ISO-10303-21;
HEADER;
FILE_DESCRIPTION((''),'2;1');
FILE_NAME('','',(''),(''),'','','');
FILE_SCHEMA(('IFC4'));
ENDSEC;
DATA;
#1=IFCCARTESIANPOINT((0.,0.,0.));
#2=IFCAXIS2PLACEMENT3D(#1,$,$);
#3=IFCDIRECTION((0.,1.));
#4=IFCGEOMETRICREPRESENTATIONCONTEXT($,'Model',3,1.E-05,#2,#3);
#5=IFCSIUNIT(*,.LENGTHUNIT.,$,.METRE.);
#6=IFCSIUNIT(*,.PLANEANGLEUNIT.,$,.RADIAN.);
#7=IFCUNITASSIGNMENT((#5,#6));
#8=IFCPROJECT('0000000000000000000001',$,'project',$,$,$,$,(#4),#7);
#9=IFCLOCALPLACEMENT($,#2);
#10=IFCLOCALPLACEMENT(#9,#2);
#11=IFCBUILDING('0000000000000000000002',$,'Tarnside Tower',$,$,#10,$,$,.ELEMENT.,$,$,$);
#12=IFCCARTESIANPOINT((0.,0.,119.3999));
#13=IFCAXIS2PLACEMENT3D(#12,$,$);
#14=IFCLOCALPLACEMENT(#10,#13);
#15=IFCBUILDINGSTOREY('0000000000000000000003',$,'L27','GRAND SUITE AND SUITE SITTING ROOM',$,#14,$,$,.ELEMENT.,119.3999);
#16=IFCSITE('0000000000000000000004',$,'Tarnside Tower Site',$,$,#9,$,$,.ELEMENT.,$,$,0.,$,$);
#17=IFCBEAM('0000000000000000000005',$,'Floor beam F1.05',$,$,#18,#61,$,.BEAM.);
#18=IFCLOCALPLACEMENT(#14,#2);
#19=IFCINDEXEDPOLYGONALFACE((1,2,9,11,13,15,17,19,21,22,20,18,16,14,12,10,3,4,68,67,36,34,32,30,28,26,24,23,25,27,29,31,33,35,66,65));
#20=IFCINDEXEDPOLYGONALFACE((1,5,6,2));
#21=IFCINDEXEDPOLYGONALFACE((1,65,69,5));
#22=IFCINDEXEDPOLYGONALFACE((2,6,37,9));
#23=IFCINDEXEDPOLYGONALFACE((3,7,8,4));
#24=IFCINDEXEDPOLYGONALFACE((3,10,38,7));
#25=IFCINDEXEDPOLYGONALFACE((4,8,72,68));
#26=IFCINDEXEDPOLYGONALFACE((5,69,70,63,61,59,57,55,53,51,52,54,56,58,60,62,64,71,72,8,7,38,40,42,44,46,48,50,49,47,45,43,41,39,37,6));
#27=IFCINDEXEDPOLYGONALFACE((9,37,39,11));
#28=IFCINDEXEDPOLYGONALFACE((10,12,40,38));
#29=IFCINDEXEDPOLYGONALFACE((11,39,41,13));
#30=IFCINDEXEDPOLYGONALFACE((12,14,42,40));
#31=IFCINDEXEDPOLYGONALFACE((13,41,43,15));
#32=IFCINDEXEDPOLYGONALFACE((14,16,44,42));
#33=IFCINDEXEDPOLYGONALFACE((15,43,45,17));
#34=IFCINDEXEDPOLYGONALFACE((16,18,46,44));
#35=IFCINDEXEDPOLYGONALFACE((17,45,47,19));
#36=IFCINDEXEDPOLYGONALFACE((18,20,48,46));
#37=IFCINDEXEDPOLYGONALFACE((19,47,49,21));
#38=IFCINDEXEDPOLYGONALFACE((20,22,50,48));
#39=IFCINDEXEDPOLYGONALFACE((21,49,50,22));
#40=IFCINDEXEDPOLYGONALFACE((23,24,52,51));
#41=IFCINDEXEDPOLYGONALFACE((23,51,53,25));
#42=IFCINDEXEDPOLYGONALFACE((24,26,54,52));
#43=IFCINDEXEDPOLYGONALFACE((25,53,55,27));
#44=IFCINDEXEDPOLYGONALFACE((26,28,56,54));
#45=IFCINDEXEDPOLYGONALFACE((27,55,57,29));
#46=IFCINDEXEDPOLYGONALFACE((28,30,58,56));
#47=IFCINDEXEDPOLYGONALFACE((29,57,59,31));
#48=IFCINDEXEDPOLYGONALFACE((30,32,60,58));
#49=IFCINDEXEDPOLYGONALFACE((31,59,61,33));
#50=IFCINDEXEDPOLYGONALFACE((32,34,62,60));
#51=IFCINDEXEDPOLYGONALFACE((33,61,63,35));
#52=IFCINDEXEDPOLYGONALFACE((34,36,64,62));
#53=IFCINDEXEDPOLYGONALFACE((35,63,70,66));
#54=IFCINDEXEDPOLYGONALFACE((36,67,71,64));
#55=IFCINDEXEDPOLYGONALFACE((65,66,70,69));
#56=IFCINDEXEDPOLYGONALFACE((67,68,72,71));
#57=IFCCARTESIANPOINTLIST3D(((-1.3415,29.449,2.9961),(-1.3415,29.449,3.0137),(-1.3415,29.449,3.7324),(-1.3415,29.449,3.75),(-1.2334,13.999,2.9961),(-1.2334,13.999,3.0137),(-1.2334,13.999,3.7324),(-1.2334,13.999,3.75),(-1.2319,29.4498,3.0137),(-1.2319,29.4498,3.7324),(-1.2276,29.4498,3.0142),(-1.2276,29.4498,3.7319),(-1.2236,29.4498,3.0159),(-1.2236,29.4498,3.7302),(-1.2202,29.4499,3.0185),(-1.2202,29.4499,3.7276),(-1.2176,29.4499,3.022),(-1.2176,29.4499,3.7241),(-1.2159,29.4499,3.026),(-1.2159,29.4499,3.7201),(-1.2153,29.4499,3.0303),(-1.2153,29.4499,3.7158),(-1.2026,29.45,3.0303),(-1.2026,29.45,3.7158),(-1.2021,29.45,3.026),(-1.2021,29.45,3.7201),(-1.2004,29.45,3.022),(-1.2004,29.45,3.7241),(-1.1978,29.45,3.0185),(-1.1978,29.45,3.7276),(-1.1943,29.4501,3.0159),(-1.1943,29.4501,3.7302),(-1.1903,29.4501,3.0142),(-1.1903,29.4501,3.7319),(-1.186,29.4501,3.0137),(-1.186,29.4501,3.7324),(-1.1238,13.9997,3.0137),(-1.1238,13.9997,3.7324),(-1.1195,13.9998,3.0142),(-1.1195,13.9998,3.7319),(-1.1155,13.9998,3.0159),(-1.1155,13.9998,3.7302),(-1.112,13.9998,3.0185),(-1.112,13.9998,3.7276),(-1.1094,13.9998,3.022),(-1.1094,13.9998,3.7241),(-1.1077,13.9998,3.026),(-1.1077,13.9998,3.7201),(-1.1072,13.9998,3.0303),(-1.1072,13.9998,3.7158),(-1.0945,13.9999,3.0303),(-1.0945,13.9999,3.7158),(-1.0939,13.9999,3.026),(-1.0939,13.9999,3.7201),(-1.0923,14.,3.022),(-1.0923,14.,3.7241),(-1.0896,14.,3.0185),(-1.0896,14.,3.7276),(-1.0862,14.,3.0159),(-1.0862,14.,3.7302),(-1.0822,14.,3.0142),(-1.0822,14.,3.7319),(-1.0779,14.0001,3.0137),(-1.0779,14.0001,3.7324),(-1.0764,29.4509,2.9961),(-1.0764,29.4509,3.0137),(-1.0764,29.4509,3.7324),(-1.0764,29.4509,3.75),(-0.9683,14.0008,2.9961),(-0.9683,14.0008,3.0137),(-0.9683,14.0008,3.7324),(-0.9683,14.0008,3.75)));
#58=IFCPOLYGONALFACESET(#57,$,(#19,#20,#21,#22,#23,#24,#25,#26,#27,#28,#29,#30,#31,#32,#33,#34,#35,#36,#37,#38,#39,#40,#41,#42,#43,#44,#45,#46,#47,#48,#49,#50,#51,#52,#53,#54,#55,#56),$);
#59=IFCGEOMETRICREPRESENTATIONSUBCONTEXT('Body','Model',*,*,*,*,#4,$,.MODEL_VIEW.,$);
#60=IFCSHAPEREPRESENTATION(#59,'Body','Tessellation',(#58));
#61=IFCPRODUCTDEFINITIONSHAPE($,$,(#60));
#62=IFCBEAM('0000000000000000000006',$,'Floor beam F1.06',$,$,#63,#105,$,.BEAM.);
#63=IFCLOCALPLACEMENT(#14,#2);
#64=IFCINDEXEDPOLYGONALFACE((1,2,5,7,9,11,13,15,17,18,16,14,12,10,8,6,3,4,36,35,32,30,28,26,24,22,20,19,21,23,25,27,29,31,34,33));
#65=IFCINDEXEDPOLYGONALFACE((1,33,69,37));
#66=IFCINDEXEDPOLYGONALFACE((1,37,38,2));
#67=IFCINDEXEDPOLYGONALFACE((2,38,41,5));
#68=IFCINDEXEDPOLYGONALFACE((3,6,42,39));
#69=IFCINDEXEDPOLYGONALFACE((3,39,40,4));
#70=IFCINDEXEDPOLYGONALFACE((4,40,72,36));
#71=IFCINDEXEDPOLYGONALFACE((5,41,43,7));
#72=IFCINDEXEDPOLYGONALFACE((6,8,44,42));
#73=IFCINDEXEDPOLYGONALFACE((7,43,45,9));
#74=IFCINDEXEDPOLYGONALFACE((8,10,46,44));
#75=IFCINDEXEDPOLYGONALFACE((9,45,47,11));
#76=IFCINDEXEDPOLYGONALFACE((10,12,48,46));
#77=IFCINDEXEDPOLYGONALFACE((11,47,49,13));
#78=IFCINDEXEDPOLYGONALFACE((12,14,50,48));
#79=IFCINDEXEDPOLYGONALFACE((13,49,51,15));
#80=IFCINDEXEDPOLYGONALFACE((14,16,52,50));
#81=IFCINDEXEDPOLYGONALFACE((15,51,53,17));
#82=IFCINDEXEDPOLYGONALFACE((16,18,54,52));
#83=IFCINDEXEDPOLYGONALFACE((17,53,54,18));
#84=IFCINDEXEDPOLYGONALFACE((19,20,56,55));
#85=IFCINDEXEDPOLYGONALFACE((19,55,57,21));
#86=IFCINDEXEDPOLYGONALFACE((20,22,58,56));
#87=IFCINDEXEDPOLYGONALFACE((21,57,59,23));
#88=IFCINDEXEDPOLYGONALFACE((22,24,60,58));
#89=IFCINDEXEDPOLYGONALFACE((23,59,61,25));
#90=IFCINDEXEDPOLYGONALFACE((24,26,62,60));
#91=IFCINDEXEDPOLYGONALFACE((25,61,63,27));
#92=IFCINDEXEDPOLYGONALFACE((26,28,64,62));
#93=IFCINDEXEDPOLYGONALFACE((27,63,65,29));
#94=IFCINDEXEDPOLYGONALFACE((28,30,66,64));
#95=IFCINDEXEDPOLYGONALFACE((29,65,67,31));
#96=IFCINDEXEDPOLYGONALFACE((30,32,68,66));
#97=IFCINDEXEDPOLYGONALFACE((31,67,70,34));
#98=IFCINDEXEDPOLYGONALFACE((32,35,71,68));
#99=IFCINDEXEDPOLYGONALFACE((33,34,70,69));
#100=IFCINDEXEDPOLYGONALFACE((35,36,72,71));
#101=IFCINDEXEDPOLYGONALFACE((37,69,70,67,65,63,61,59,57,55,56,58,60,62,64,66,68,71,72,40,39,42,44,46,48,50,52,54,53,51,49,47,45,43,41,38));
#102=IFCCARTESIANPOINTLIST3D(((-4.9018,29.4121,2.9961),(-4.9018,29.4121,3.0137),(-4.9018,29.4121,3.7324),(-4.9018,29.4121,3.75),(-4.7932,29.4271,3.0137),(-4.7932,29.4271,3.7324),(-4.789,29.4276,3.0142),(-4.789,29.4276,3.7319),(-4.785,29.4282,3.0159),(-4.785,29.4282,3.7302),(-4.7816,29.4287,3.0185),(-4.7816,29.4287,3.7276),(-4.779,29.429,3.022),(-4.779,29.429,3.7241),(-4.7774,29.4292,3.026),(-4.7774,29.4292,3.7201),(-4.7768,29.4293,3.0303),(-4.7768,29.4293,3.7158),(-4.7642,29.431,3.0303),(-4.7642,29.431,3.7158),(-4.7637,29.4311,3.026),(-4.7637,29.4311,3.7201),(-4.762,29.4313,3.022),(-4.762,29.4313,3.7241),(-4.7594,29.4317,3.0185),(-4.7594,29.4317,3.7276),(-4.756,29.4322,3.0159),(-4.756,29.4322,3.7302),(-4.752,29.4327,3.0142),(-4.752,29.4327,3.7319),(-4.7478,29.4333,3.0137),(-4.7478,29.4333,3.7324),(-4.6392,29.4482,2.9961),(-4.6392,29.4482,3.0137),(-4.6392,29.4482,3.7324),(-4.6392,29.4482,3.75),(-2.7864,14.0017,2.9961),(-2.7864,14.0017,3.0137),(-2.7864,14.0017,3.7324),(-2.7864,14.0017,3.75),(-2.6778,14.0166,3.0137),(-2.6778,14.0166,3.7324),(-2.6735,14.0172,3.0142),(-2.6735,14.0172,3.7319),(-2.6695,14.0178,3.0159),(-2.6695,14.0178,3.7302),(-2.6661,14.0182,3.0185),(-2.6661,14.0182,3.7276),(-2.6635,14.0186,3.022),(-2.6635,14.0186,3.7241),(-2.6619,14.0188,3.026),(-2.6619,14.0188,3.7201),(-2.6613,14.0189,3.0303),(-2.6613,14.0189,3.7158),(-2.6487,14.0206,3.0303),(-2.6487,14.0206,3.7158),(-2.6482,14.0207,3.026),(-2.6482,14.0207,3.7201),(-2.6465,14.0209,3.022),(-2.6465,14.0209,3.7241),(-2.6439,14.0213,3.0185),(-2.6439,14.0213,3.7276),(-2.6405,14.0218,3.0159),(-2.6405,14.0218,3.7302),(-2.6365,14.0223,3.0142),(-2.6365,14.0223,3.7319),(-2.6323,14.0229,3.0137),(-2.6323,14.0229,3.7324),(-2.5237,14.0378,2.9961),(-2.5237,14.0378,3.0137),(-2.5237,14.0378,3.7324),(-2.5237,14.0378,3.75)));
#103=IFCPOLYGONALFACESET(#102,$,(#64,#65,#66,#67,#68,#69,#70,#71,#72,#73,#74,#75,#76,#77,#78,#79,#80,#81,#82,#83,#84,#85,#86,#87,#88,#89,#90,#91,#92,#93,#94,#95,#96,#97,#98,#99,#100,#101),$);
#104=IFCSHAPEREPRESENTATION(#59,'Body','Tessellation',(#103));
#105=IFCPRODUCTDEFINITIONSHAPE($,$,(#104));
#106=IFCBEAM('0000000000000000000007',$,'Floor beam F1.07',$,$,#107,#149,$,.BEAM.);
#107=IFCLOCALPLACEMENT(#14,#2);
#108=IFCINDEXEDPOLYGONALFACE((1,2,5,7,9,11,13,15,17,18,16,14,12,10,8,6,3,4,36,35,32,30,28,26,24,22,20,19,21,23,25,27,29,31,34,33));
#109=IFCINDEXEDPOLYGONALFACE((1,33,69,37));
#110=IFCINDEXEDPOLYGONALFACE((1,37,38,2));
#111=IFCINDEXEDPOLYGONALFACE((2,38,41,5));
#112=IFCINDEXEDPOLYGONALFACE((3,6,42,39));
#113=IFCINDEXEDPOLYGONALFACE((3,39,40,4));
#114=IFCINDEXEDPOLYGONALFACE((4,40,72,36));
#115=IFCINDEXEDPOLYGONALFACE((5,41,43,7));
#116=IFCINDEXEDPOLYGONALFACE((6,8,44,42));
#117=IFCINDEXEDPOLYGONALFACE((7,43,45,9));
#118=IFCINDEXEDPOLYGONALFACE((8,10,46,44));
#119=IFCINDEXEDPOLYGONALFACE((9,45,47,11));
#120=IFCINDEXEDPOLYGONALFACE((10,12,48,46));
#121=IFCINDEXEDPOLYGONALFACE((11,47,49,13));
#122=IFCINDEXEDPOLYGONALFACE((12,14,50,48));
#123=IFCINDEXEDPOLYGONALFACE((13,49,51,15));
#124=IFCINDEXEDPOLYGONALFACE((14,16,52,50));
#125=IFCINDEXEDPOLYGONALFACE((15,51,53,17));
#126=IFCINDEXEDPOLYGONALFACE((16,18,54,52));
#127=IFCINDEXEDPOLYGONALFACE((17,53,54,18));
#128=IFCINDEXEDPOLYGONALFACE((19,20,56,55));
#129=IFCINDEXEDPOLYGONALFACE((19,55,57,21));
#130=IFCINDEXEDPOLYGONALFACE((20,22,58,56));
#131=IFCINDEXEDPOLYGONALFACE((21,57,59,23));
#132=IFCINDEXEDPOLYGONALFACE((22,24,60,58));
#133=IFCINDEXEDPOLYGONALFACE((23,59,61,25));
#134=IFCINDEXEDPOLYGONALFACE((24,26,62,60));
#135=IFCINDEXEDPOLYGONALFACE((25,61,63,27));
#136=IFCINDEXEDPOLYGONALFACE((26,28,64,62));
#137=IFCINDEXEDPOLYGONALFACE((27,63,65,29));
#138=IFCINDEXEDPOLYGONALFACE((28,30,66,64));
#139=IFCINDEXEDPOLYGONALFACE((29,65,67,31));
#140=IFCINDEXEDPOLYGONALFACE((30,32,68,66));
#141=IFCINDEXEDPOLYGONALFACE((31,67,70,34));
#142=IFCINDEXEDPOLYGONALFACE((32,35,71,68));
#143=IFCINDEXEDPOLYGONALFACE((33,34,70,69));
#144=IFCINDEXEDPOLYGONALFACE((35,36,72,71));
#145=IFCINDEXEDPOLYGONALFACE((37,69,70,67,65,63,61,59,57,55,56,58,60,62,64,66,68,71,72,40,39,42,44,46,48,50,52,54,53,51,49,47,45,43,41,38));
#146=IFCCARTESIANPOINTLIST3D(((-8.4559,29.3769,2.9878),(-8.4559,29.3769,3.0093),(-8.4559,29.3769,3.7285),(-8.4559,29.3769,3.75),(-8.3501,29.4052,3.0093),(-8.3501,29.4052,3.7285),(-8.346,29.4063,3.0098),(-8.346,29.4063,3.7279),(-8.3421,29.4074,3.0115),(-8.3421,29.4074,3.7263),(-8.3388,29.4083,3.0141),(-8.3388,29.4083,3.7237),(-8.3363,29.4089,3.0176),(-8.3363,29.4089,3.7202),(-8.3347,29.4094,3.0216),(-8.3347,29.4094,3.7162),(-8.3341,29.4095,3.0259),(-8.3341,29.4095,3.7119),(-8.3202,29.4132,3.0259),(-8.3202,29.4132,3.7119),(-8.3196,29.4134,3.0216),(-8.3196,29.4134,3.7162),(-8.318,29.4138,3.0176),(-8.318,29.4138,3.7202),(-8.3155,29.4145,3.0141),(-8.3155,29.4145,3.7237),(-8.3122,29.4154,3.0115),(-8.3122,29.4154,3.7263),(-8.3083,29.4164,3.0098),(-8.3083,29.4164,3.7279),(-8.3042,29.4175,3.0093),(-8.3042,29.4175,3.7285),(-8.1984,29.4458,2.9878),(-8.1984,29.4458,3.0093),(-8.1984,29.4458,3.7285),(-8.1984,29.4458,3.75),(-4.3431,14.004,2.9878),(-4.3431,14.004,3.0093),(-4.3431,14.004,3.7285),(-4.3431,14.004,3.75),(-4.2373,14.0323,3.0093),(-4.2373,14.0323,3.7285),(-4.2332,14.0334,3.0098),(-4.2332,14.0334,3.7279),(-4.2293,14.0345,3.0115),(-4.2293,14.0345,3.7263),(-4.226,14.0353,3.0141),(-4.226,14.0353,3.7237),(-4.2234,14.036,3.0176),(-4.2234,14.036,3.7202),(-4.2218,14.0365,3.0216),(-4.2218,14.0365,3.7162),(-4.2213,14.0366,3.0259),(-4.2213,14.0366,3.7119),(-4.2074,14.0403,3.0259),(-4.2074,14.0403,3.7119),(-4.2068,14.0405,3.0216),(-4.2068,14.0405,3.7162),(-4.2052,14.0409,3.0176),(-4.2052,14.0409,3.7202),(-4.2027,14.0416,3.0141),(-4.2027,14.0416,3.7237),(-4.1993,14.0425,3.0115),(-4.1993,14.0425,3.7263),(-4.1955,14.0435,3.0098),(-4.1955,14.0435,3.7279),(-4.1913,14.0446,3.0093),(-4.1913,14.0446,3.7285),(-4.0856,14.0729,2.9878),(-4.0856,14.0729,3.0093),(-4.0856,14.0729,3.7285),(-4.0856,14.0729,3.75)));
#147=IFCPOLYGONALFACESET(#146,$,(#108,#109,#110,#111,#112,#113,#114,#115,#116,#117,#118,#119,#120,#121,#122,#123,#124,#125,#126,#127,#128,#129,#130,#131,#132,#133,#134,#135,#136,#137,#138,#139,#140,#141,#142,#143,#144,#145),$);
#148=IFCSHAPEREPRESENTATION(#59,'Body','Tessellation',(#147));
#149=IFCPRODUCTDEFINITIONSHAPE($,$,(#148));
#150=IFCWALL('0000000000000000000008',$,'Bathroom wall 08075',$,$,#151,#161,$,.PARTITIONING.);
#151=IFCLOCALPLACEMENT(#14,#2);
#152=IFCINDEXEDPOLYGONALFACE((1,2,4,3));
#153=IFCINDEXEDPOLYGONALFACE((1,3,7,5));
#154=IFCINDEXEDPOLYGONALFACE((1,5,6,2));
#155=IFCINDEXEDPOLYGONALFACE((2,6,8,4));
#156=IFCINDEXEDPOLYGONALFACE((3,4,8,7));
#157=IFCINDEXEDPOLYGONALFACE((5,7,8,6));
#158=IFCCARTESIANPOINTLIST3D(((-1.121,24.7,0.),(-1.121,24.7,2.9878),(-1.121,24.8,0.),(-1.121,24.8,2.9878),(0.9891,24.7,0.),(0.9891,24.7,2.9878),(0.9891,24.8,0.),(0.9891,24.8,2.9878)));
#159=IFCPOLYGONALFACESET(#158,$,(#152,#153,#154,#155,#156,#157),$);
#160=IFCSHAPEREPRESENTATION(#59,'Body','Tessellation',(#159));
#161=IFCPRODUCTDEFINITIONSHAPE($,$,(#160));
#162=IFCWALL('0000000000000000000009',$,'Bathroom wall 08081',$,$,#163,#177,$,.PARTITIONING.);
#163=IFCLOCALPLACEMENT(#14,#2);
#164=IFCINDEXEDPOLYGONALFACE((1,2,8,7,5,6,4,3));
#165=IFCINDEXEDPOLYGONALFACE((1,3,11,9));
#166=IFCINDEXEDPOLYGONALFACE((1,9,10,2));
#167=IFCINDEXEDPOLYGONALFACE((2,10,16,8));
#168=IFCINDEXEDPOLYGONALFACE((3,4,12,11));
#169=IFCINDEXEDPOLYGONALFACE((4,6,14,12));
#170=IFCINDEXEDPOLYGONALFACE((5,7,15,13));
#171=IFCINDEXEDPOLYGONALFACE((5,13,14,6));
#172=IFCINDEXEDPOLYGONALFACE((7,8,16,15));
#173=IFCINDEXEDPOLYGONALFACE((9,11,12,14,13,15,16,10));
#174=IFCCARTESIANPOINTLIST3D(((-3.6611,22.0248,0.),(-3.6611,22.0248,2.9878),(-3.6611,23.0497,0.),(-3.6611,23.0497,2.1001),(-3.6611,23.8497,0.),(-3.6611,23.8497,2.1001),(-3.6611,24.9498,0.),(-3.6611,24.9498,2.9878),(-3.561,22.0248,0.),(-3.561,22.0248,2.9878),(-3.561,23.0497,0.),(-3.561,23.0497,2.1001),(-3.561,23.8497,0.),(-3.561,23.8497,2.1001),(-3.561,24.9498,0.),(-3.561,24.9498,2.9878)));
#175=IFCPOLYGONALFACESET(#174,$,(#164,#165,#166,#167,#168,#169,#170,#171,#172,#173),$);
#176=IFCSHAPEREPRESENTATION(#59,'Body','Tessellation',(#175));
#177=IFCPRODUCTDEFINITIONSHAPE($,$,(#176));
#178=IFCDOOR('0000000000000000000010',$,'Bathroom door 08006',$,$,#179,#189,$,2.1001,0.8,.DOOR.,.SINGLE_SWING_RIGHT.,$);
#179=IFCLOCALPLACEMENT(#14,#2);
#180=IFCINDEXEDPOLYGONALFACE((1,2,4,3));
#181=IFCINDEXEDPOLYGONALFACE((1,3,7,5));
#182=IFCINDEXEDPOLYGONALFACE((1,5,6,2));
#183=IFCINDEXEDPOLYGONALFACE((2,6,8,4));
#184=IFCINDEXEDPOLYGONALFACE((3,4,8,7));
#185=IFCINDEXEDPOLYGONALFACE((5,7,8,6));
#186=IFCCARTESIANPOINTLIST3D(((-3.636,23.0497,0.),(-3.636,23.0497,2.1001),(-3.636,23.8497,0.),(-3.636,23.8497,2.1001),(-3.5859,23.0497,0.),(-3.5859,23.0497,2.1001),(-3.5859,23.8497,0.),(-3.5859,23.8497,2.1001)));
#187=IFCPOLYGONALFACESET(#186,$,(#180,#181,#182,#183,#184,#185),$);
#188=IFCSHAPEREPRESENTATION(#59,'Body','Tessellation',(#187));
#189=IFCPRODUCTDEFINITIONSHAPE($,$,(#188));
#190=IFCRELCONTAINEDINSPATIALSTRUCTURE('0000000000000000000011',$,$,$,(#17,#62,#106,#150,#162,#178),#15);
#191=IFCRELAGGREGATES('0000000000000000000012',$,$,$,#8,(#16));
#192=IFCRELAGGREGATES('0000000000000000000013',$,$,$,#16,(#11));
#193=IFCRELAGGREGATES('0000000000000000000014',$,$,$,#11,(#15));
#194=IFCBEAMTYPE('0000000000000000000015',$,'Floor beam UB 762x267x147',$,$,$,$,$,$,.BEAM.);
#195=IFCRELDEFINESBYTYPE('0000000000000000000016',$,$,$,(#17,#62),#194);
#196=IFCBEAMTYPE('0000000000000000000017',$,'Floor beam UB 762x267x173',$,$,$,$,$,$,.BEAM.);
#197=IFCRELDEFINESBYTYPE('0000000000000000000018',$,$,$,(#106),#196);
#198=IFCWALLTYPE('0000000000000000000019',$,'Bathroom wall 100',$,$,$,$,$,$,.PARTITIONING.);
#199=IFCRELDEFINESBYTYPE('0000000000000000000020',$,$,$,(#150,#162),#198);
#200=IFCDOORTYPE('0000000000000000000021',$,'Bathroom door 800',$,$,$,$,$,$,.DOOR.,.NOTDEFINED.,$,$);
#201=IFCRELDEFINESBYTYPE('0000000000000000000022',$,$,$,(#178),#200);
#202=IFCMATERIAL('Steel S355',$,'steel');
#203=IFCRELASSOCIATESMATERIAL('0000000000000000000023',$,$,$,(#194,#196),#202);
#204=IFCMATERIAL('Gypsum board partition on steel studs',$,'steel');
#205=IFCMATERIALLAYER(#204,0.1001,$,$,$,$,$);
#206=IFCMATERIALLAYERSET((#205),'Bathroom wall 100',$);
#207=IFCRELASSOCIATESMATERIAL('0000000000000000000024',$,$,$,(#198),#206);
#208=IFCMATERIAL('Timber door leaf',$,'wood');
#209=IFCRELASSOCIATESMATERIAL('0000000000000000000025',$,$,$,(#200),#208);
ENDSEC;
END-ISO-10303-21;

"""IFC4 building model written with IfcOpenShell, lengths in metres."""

from ifc_helpers import new_model, si_unit, direction, frame, frame_2d, origin, origin_2d, place, context, subcontext, project, spatial, rectangle, i_section, extrude, material, layer, layer_set, material_profile, profile_set, type_object, element, fill, save


model = new_model("IFC4")

# Units and contexts
model_context = context("Model", 3, precision=1e-05, world=origin(), true_north=direction((0.0, 1.0)))
body_context = subcontext(model_context, "Body", "Model", "MODEL_VIEW")
ifc_project = project(units=[si_unit("LENGTHUNIT", "METRE"), si_unit("PLANEANGLEUNIT", "RADIAN")], contexts=[model_context])

# Site, building, storey
site_placement = place(None, origin())
site = spatial("IfcSite", under=ifc_project, at=site_placement, Name="Tarnside Tower Site", CompositionType="ELEMENT", RefElevation=0.0)
building_placement = place(site_placement, origin())
building = spatial("IfcBuilding", under=site, at=building_placement, Name="Tarnside Tower", CompositionType="ELEMENT")
storey_placement = place(building_placement, frame((0.0, 0.0, 119.3999)))
storey = spatial("IfcBuildingStorey", under=building, at=storey_placement, Name="L27", Description="GRAND SUITE AND SUITE SITTING ROOM", CompositionType="ELEMENT", Elevation=119.3999)

# Beams
ifc_material_1 = material(Name="Steel S355", Category="steel")
ifc_material_profile_1 = material_profile(ifc_material_1, i_section(OverallWidth=0.2651, OverallDepth=0.7539, WebThickness=0.0127, FlangeThickness=0.0176, FilletRadius=0.0166, at=origin_2d()), Name="UB 762x267x147")
ifc_profile_set_1 = profile_set([ifc_material_profile_1], Name="Steel S355")
beam_type_1 = type_object("IfcBeamType", Name="Floor beam UB 762x267x147", PredefinedType="BEAM", material=ifc_profile_set_1)
beam_1_placement = place(storey_placement, frame((-1.209, 29.45, 3.373), z_axis=(0.007, -0.999975, 0.0), x_axis=(0.999975, 0.007, 0.0)))
element("IfcBeam", 1, at=beam_1_placement, inside=storey, type_object=beam_type_1, Name="Floor beam F1.05", PredefinedType="BEAM", context=body_context, shape_type="SweptSolid", body=[
    extrude(i_section(OverallWidth=0.2651, OverallDepth=0.7539, WebThickness=0.0127, FlangeThickness=0.0176, FilletRadius=0.0166, at=origin_2d()), origin(), (0.0, 0.0, 1.0), 15.4504),
])
beam_2_placement = place(storey_placement, frame((-4.7705, 29.4302, 3.373), z_axis=(0.136001, -0.990709, 0.0), x_axis=(0.990709, 0.136001, 0.0)))
element("IfcBeam", 2, at=beam_2_placement, inside=storey, type_object=beam_type_1, Name="Floor beam F1.06", PredefinedType="BEAM", context=body_context, shape_type="SweptSolid", body=[
    extrude(i_section(OverallWidth=0.2651, OverallDepth=0.7539, WebThickness=0.0127, FlangeThickness=0.0176, FilletRadius=0.0166, at=origin_2d()), origin(), (0.0, 0.0, 1.0), 15.5549),
])
ifc_material_profile_2 = material_profile(ifc_material_1, i_section(OverallWidth=0.2666, OverallDepth=0.7622, WebThickness=0.0144, FlangeThickness=0.0215, FilletRadius=0.0166, at=origin_2d()), Name="UB 762x267x173")
ifc_profile_set_2 = profile_set([ifc_material_profile_2], Name="Steel S355")
beam_type_2 = type_object("IfcBeamType", Name="Floor beam UB 762x267x173", PredefinedType="BEAM", material=ifc_profile_set_2)
beam_3_placement = place(storey_placement, frame((-8.3271, 29.4114, 3.3689), z_axis=(0.258447, -0.966025, 0.0), x_axis=(0.966025, 0.258447, 0.0)))
element("IfcBeam", 3, at=beam_3_placement, inside=storey, type_object=beam_type_2, Name="Floor beam F1.07", PredefinedType="BEAM", context=body_context, shape_type="SweptSolid", body=[
    extrude(i_section(OverallWidth=0.2666, OverallDepth=0.7622, WebThickness=0.0144, FlangeThickness=0.0215, FilletRadius=0.0166, at=origin_2d()), origin(), (0.0, 0.0, 1.0), 15.9136),
])

# Wall
ifc_material_2 = material(Name="Gypsum board partition on steel studs", Category="steel")
ifc_layer_1 = layer(ifc_material_2, 0.1001)
ifc_layer_set_1 = layer_set([ifc_layer_1], Name="Bathroom wall 100")
wall_type_1 = type_object("IfcWallType", Name="Bathroom wall 100", PredefinedType="PARTITIONING", material=ifc_layer_set_1)
wall_1_placement = place(storey_placement, frame((-1.1211, 24.75, 0.0), z_axis=(0.0, 0.0, 1.0), x_axis=(1.0, 0.0, 0.0)))
element("IfcWall", 4, at=wall_1_placement, inside=storey, type_object=wall_type_1, Name="Bathroom wall 08075", PredefinedType="PARTITIONING", context=body_context, shape_type="SweptSolid", body=[
    extrude(rectangle(XDim=2.1101, YDim=0.1001, at=frame_2d((1.0552, 0.0))), origin(), (0.0, 0.0, 1.0), 2.9878),
])

# Wall, opening, door
wall_2_placement = place(storey_placement, frame((-3.6111, 22.0249, 0.0), z_axis=(0.0, 0.0, 1.0), x_axis=(0.0, 1.0, 0.0)))
wall_2 = element("IfcWall", 5, at=wall_2_placement, inside=storey, type_object=wall_type_1, Name="Bathroom wall 08081", PredefinedType="PARTITIONING", context=body_context, shape_type="SweptSolid", body=[
    extrude(rectangle(XDim=2.925, YDim=0.1001, at=frame_2d((1.4624, 0.0))), origin(), (0.0, 0.0, 1.0), 2.9878),
])
opening_1_placement = place(wall_2_placement, frame((1.0249, 0.0, 0.0)))
opening_1 = element("IfcOpeningElement", 6, at=opening_1_placement, cuts=wall_2, PredefinedType="OPENING", context=body_context, shape_type="SweptSolid", body=[
    extrude(rectangle(XDim=0.8, YDim=2.1001, at=frame_2d((0.3999, 1.05))), frame((0.0, 0.0601, 0.0), z_axis=(0.0, -1.0, 0.0), x_axis=(1.0, 0.0, 0.0)), (0.0, 0.0, 1.0), 0.1201),
])
ifc_material_3 = material(Name="Timber door leaf", Category="wood")
door_type_1 = type_object("IfcDoorType", Name="Bathroom door 800", OperationType="NOTDEFINED", PredefinedType="DOOR", material=ifc_material_3)
door_1_placement = place(opening_1_placement, origin())
door_1 = element("IfcDoor", 7, at=door_1_placement, inside=storey, type_object=door_type_1, Name="Bathroom door 08006", OperationType="SINGLE_SWING_RIGHT", OverallHeight=2.1001, OverallWidth=0.8, PredefinedType="DOOR", context=body_context, shape_type="SweptSolid", body=[
    extrude(rectangle(XDim=0.8, YDim=2.1001, at=frame_2d((0.3999, 1.05))), frame((0.0, 0.0249, 0.0), z_axis=(0.0, -1.0, 0.0), x_axis=(1.0, 0.0, 0.0)), (0.0, 0.0, 1.0), 0.05),
])
fill(opening_1, door_1)

save(model, "model.ifc")
